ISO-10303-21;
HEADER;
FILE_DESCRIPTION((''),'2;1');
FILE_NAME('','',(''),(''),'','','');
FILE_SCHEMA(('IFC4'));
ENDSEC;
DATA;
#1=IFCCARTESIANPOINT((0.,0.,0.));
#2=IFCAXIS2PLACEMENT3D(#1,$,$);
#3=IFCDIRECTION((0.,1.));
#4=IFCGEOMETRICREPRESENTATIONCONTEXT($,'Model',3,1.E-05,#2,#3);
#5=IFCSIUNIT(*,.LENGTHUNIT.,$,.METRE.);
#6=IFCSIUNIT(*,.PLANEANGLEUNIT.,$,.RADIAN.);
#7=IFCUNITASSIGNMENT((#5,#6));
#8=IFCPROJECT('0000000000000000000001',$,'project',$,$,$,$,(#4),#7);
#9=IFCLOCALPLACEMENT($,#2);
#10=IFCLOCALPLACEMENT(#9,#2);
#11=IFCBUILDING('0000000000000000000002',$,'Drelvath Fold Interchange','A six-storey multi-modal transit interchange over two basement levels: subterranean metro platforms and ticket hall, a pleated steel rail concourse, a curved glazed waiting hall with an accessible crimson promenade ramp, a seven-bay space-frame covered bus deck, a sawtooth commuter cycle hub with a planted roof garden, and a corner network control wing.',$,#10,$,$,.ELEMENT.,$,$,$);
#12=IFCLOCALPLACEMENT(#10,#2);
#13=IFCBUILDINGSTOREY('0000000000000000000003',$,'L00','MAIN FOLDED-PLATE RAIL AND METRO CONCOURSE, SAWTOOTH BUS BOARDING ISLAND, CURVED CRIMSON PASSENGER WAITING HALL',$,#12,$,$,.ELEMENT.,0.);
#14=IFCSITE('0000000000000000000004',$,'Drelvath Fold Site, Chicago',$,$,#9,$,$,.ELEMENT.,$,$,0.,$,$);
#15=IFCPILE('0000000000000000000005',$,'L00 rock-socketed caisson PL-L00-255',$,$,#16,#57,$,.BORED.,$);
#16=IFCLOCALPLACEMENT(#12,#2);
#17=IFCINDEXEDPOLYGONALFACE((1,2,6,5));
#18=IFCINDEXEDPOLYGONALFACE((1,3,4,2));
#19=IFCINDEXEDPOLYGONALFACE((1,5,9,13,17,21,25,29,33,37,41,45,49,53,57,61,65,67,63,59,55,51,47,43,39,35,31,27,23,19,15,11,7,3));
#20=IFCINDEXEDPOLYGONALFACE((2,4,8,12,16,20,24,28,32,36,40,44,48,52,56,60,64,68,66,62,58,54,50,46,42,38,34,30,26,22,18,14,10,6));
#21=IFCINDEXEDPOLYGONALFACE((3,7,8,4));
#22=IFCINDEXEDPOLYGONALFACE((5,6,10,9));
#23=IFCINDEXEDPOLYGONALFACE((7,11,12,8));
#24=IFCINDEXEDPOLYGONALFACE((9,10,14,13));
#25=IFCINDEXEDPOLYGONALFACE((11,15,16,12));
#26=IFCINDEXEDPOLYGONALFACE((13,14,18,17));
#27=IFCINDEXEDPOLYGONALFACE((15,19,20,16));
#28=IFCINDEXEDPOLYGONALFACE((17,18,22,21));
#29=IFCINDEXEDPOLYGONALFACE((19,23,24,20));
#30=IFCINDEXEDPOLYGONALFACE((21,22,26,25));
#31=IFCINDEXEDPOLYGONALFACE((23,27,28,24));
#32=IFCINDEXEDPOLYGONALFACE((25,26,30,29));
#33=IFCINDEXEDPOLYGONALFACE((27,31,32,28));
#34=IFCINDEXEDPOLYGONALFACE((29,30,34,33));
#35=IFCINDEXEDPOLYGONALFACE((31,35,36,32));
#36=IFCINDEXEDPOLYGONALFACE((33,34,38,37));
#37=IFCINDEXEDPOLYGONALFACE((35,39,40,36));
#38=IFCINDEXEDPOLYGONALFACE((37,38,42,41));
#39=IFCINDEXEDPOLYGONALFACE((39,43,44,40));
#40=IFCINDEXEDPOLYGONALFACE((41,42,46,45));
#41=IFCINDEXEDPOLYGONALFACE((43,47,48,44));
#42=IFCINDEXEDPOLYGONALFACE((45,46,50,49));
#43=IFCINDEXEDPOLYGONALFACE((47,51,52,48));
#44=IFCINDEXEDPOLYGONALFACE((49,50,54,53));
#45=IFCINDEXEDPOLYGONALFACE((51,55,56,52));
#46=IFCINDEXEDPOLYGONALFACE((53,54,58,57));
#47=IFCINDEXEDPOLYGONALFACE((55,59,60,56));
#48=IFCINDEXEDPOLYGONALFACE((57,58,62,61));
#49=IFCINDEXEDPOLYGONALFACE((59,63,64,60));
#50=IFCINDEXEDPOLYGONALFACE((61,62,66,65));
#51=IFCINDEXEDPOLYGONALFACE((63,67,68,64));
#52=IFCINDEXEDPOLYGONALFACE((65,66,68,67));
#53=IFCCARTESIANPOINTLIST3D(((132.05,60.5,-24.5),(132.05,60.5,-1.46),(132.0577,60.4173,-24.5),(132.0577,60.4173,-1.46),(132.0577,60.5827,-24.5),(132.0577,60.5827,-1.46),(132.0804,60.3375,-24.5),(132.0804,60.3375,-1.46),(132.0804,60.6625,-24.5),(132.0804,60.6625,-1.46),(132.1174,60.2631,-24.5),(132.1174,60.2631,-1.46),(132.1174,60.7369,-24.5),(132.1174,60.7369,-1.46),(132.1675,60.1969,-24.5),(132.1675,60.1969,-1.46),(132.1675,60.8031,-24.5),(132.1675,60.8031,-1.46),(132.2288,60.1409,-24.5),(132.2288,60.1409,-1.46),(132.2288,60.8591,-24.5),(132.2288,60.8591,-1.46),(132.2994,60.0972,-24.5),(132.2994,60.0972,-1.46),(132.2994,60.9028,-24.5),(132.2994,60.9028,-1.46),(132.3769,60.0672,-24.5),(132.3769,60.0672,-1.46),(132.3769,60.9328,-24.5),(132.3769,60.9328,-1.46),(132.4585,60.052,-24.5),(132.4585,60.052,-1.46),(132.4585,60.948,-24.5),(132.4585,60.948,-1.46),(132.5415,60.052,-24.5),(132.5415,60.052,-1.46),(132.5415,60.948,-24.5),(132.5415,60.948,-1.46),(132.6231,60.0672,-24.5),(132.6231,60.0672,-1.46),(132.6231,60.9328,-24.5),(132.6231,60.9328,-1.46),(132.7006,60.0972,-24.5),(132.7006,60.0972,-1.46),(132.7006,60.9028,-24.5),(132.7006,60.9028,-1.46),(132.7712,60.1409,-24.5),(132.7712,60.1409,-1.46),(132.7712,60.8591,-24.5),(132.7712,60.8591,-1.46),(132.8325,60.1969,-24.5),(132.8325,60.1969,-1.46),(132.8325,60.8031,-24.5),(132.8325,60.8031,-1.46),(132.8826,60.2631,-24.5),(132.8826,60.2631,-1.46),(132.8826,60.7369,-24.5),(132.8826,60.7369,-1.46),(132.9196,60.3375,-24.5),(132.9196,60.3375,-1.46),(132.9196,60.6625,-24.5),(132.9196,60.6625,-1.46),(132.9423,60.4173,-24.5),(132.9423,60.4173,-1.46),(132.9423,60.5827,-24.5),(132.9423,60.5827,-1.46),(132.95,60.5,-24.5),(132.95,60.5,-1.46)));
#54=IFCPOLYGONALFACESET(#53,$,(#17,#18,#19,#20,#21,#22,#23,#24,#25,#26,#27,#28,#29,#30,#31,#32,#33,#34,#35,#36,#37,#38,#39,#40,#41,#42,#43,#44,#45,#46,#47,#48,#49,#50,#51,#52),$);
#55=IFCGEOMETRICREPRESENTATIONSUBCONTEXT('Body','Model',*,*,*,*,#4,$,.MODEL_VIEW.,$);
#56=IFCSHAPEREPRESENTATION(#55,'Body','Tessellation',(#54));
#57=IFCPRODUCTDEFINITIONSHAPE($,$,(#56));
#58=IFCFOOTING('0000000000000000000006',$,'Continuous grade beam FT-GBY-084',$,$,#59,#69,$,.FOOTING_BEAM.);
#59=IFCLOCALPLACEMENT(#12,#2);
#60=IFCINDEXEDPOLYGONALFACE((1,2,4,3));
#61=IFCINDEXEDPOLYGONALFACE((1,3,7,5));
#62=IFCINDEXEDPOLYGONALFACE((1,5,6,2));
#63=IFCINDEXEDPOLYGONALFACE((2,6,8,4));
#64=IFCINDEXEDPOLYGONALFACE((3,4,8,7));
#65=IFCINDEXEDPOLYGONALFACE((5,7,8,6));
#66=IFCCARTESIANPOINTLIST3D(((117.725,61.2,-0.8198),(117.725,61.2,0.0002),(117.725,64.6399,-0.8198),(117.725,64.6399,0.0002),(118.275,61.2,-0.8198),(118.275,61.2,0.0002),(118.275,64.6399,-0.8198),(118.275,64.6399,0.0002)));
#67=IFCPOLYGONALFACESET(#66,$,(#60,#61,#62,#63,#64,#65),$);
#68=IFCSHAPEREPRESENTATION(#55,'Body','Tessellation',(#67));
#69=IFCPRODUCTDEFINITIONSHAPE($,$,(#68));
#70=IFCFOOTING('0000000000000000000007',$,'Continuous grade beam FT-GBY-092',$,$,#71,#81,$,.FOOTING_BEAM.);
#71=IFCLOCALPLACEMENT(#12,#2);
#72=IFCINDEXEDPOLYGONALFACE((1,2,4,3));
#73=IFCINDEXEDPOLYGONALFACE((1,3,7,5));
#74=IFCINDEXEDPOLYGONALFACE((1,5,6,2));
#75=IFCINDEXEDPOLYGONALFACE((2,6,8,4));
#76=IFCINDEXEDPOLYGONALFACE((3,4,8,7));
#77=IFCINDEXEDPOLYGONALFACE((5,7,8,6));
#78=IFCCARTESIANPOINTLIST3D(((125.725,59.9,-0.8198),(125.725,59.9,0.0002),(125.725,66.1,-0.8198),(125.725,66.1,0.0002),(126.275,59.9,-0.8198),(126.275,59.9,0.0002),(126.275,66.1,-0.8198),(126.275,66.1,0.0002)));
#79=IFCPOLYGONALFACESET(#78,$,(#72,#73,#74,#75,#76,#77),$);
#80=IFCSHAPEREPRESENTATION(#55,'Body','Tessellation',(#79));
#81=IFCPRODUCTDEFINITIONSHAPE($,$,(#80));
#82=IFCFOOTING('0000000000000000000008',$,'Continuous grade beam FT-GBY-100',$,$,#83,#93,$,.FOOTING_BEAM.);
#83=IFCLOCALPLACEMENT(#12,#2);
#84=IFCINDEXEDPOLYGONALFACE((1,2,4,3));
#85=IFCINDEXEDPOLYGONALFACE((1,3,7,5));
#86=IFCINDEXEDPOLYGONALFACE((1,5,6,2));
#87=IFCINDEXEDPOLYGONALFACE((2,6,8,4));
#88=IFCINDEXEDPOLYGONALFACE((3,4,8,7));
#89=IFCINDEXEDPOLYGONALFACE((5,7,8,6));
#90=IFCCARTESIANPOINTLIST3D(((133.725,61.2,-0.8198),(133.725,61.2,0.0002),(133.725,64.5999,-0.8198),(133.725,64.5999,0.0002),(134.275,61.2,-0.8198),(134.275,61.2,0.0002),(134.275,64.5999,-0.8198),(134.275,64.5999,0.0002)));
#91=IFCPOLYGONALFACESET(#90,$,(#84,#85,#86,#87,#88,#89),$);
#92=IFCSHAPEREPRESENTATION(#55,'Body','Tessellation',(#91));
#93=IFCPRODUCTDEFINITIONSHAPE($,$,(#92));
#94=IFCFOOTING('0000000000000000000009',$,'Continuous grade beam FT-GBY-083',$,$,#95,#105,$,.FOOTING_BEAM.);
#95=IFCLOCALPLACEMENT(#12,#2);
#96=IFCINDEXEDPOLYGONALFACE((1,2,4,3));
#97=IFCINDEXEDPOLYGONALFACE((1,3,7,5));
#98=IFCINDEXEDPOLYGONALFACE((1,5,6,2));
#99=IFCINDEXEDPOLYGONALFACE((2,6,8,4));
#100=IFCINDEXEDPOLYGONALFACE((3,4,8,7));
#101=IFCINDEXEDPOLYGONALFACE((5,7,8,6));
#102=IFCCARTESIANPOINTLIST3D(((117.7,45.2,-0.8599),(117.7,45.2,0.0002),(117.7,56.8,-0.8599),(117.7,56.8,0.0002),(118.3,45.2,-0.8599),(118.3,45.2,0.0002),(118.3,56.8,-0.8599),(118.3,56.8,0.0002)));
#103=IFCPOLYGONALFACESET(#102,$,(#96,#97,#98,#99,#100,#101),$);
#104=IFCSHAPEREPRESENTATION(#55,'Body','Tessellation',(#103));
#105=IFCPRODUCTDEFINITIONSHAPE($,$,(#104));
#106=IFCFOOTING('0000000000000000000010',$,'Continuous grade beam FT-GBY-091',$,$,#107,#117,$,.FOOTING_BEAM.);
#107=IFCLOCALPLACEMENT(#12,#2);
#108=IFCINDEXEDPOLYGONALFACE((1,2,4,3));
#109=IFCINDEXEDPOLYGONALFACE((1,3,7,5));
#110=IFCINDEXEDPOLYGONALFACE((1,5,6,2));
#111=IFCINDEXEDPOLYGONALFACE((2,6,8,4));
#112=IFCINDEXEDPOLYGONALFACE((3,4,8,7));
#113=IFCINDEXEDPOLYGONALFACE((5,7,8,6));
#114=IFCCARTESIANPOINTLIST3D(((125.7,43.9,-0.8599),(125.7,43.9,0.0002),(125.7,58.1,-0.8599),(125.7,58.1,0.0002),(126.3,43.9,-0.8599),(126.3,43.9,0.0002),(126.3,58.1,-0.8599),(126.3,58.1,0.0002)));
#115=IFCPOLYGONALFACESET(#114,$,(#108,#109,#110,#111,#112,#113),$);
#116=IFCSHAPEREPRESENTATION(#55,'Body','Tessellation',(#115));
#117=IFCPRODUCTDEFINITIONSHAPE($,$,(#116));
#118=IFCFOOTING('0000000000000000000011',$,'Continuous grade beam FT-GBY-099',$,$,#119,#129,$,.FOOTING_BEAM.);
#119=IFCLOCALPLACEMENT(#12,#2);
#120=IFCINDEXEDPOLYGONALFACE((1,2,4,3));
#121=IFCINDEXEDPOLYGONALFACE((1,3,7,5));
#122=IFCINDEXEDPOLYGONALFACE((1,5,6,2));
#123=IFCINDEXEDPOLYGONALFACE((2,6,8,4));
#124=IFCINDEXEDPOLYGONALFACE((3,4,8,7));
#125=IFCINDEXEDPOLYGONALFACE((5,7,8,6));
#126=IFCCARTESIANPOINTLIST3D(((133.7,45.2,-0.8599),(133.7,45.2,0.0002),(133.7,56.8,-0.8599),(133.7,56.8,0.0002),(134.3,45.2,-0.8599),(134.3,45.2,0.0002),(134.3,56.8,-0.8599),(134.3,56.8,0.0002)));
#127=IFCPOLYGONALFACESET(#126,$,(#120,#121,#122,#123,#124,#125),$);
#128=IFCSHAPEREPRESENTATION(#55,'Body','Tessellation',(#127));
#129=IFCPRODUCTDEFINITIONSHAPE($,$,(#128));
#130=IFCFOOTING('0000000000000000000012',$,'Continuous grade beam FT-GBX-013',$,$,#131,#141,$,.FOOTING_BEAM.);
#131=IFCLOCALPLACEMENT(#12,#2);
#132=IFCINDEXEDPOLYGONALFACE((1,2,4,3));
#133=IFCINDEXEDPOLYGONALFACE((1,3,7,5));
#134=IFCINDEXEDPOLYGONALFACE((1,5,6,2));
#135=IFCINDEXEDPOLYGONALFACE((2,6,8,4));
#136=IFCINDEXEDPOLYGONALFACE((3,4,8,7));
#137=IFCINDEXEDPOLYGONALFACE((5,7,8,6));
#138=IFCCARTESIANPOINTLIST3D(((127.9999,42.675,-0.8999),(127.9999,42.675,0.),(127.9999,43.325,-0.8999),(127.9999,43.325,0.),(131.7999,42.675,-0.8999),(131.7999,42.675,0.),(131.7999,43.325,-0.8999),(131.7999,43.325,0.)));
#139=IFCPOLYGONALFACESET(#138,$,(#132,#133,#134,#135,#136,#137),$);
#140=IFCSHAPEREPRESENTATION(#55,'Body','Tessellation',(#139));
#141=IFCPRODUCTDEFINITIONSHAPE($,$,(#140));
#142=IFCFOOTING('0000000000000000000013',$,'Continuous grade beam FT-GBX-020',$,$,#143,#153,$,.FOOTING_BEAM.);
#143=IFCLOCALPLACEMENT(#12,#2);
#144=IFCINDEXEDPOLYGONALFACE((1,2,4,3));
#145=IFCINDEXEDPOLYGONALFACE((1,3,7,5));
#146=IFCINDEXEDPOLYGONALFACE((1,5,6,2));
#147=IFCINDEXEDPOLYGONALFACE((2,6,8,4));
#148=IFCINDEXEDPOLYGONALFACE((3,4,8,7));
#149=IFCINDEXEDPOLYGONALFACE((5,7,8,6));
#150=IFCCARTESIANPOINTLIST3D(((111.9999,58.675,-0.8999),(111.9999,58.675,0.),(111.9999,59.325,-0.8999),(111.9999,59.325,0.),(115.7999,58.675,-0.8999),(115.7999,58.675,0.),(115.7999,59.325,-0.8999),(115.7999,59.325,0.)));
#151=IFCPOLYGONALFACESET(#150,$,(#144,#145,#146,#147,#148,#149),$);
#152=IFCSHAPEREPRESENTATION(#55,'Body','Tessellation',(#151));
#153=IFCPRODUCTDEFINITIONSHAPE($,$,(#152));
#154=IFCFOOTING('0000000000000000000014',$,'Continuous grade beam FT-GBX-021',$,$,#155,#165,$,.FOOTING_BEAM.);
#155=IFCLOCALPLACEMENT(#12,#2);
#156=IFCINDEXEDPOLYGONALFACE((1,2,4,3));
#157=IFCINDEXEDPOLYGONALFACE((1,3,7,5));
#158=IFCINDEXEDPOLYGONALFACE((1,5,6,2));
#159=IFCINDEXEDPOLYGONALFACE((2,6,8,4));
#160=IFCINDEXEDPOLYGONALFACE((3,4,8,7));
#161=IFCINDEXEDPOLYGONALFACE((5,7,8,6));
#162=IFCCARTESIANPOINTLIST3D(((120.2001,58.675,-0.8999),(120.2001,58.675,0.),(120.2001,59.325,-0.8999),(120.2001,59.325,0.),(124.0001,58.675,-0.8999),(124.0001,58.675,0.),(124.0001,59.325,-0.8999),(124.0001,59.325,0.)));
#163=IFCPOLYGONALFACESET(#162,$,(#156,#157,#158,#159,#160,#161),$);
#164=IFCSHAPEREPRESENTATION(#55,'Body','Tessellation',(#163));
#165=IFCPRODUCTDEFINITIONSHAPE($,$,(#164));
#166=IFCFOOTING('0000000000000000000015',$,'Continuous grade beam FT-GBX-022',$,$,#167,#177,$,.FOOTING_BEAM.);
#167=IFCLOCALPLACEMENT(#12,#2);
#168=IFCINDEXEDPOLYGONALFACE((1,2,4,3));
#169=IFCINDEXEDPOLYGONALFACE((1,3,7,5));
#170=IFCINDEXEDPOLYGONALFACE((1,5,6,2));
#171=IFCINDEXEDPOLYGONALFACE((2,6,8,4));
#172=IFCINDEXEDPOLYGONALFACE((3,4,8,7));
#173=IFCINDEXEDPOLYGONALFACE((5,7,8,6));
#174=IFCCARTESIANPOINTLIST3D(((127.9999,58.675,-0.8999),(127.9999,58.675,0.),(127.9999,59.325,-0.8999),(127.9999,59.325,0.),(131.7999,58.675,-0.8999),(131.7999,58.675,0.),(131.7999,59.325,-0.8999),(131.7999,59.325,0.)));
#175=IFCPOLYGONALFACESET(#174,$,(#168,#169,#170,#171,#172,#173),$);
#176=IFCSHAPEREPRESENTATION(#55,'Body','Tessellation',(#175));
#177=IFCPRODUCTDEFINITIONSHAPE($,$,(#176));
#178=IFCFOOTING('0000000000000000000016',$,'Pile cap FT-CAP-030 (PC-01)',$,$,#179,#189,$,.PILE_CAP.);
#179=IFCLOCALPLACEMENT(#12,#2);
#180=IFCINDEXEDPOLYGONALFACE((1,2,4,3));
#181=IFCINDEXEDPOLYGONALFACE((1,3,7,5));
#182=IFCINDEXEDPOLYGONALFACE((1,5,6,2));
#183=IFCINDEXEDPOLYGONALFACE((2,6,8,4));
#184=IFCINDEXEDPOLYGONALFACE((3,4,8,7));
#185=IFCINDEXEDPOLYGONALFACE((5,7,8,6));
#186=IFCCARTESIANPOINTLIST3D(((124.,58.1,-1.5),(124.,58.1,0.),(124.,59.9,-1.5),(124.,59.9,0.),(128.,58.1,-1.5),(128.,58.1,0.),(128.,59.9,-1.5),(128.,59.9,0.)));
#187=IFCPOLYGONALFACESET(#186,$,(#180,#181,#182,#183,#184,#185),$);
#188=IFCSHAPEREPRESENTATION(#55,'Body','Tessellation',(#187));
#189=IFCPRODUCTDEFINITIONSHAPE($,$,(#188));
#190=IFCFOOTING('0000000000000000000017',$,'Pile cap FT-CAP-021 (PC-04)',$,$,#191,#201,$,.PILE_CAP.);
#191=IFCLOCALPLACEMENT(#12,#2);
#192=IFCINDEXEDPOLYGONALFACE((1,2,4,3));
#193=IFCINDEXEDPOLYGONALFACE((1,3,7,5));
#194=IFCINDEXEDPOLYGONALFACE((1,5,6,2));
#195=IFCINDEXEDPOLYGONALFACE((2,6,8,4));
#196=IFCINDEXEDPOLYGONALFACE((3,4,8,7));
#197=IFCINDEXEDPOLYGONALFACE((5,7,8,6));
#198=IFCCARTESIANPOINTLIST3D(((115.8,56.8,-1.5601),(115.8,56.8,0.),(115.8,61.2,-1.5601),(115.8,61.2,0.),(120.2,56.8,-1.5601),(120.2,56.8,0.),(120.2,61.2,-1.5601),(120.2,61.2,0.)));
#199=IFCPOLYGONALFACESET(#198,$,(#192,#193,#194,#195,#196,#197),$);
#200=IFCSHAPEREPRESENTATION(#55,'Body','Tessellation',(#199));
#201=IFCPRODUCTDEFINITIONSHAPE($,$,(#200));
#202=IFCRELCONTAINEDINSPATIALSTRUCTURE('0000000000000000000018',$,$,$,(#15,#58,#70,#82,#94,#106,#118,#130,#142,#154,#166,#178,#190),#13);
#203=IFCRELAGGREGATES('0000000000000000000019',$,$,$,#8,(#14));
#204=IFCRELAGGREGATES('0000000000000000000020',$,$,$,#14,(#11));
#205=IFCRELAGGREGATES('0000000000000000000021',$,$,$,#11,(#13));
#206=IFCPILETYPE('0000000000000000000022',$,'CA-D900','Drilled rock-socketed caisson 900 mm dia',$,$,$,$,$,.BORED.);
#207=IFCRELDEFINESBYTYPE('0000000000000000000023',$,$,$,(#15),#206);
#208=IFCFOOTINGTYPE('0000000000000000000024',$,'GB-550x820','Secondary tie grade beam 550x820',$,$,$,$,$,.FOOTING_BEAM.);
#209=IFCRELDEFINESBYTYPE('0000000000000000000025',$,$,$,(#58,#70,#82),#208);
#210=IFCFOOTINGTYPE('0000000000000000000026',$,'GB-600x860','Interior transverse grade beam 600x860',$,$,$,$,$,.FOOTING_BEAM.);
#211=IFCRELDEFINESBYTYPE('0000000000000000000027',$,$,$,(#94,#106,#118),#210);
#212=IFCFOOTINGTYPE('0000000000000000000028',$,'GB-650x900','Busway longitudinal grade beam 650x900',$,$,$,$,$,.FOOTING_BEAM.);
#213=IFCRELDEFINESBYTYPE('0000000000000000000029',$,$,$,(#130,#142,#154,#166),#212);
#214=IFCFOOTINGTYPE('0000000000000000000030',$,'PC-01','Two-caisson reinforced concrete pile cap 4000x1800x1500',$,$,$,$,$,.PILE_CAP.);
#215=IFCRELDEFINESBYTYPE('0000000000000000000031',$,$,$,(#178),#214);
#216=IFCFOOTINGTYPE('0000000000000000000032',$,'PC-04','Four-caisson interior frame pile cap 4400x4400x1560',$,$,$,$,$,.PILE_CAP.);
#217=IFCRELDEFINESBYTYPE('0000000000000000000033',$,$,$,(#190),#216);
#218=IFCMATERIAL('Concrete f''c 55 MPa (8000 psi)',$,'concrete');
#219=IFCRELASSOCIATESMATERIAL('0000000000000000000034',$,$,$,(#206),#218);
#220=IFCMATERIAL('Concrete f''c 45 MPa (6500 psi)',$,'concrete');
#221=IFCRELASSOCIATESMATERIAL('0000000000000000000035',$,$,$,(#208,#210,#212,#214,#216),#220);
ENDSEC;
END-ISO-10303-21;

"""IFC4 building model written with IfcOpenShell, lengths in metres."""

from ifc_helpers import new_model, si_unit, direction, frame, origin, origin_2d, place, context, subcontext, project, spatial, rectangle, circle, extrude, material, material_profile, profile_set, type_object, element, save


model = new_model("IFC4")

# Units and contexts
model_context = context("Model", 3, precision=1e-05, world=origin(), true_north=direction((0.0, 1.0)))
body_context = subcontext(model_context, "Body", "Model", "MODEL_VIEW")
ifc_project = project(units=[si_unit("LENGTHUNIT", "METRE"), si_unit("PLANEANGLEUNIT", "RADIAN")], contexts=[model_context])

# Site, building, storey
site_placement = place(None, origin())
site = spatial("IfcSite", under=ifc_project, at=site_placement, Name="Drelvath Fold Site, Chicago", CompositionType="ELEMENT", RefElevation=0.0)
building_placement = place(site_placement, origin())
building = spatial("IfcBuilding", under=site, at=building_placement, Name="Drelvath Fold Interchange", Description="A six-storey multi-modal transit interchange over two basement levels: subterranean metro platforms and ticket hall, a pleated steel rail concourse, a curved glazed waiting hall with an accessible crimson promenade ramp, a seven-bay space-frame covered bus deck, a sawtooth commuter cycle hub with a planted roof garden, and a corner network control wing.", CompositionType="ELEMENT")
storey_placement = place(building_placement, origin())
storey = spatial("IfcBuildingStorey", under=building, at=storey_placement, Name="L00", Description="MAIN FOLDED-PLATE RAIL AND METRO CONCOURSE, SAWTOOTH BUS BOARDING ISLAND, CURVED CRIMSON PASSENGER WAITING HALL", CompositionType="ELEMENT", Elevation=0.0)

# Pile
ifc_material_1 = material(Name="Concrete f'c 55 MPa (8000 psi)", Category="concrete")
ifc_material_profile_1 = material_profile(ifc_material_1, circle(Radius=0.45, at=origin_2d()), Name="CAISSON D900")
ifc_profile_set_1 = profile_set([ifc_material_profile_1], Name="Concrete f'c 55 MPa (8000 psi)")
pile_type_1 = type_object("IfcPileType", Name="CA-D900", Description="Drilled rock-socketed caisson 900 mm dia", PredefinedType="BORED", material=ifc_profile_set_1)
for number, where, z_axis, x_axis, name in (
    (1, (132.5, 60.5, -1.46), (0.0, 0.0, -1.0), (1.0, 0.0, 0.0), "L00 rock-socketed caisson PL-L00-255"),
):
    element("IfcPile", number, at=place(storey_placement, frame(where, z_axis=z_axis, x_axis=x_axis)), inside=storey, type_object=pile_type_1, Name=name, PredefinedType="BORED", context=body_context, shape_type="SweptSolid", body=[
        extrude(circle(Radius=0.45, at=origin_2d()), origin(), (0.0, 0.0, 1.0), 23.04),
    ])

# Footings
ifc_material_2 = material(Name="Concrete f'c 45 MPa (6500 psi)", Category="concrete")
footing_type_1 = type_object("IfcFootingType", Name="GB-550x820", Description="Secondary tie grade beam 550x820", PredefinedType="FOOTING_BEAM", material=ifc_material_2)
footing_1_placement = place(storey_placement, frame((118.0, 62.9199, -0.8198), z_axis=(0.0, 0.0, 1.0), x_axis=(1.0, 0.0, 0.0)))
element("IfcFooting", 2, at=footing_1_placement, inside=storey, type_object=footing_type_1, Name="Continuous grade beam FT-GBY-084", PredefinedType="FOOTING_BEAM", context=body_context, shape_type="SweptSolid", body=[
    extrude(rectangle(XDim=0.55, YDim=3.4399, at=origin_2d()), origin(), (0.0, 0.0, 1.0), 0.8201),
])
footing_2_placement = place(storey_placement, frame((126.0, 63.0, -0.8198), z_axis=(0.0, 0.0, 1.0), x_axis=(1.0, 0.0, 0.0)))
element("IfcFooting", 3, at=footing_2_placement, inside=storey, type_object=footing_type_1, Name="Continuous grade beam FT-GBY-092", PredefinedType="FOOTING_BEAM", context=body_context, shape_type="SweptSolid", body=[
    extrude(rectangle(XDim=0.55, YDim=6.2, at=origin_2d()), origin(), (0.0, 0.0, 1.0), 0.8201),
])
footing_3_placement = place(storey_placement, frame((134.0, 62.8999, -0.8198), z_axis=(0.0, 0.0, 1.0), x_axis=(1.0, 0.0, 0.0)))
element("IfcFooting", 4, at=footing_3_placement, inside=storey, type_object=footing_type_1, Name="Continuous grade beam FT-GBY-100", PredefinedType="FOOTING_BEAM", context=body_context, shape_type="SweptSolid", body=[
    extrude(rectangle(XDim=0.55, YDim=3.3999, at=origin_2d()), origin(), (0.0, 0.0, 1.0), 0.8201),
])
footing_type_2 = type_object("IfcFootingType", Name="GB-600x860", Description="Interior transverse grade beam 600x860", PredefinedType="FOOTING_BEAM", material=ifc_material_2)
footing_4_placement = place(storey_placement, frame((118.0, 51.0, -0.8599), z_axis=(0.0, 0.0, 1.0), x_axis=(1.0, 0.0, 0.0)))
element("IfcFooting", 5, at=footing_4_placement, inside=storey, type_object=footing_type_2, Name="Continuous grade beam FT-GBY-083", PredefinedType="FOOTING_BEAM", context=body_context, shape_type="SweptSolid", body=[
    extrude(rectangle(XDim=0.6001, YDim=11.6001, at=origin_2d()), origin(), (0.0, 0.0, 1.0), 0.8601),
])
footing_5_placement = place(storey_placement, frame((126.0, 51.0, -0.8599), z_axis=(0.0, 0.0, 1.0), x_axis=(1.0, 0.0, 0.0)))
element("IfcFooting", 6, at=footing_5_placement, inside=storey, type_object=footing_type_2, Name="Continuous grade beam FT-GBY-091", PredefinedType="FOOTING_BEAM", context=body_context, shape_type="SweptSolid", body=[
    extrude(rectangle(XDim=0.6001, YDim=14.2, at=origin_2d()), origin(), (0.0, 0.0, 1.0), 0.8601),
])
footing_6_placement = place(storey_placement, frame((134.0, 51.0, -0.8599), z_axis=(0.0, 0.0, 1.0), x_axis=(1.0, 0.0, 0.0)))
element("IfcFooting", 7, at=footing_6_placement, inside=storey, type_object=footing_type_2, Name="Continuous grade beam FT-GBY-099", PredefinedType="FOOTING_BEAM", context=body_context, shape_type="SweptSolid", body=[
    extrude(rectangle(XDim=0.6001, YDim=11.6001, at=origin_2d()), origin(), (0.0, 0.0, 1.0), 0.8601),
])
footing_type_3 = type_object("IfcFootingType", Name="GB-650x900", Description="Busway longitudinal grade beam 650x900", PredefinedType="FOOTING_BEAM", material=ifc_material_2)
for number, where, z_axis, x_axis, name in (
    (8, (129.8999, 43.0, -0.8999), (0.0, 0.0, 1.0), (1.0, 0.0, 0.0), "Continuous grade beam FT-GBX-013"),
    (9, (113.8999, 59.0, -0.8999), (0.0, 0.0, 1.0), (1.0, 0.0, 0.0), "Continuous grade beam FT-GBX-020"),
    (10, (122.1001, 59.0, -0.8999), (0.0, 0.0, 1.0), (1.0, 0.0, 0.0), "Continuous grade beam FT-GBX-021"),
    (11, (129.8999, 59.0, -0.8999), (0.0, 0.0, 1.0), (1.0, 0.0, 0.0), "Continuous grade beam FT-GBX-022"),
):
    element("IfcFooting", number, at=place(storey_placement, frame(where, z_axis=z_axis, x_axis=x_axis)), inside=storey, type_object=footing_type_3, Name=name, PredefinedType="FOOTING_BEAM", context=body_context, shape_type="SweptSolid", body=[
        extrude(rectangle(XDim=3.8, YDim=0.6499, at=origin_2d()), origin(), (0.0, 0.0, 1.0), 0.8999),
    ])
footing_type_4 = type_object("IfcFootingType", Name="PC-01", Description="Two-caisson reinforced concrete pile cap 4000x1800x1500", PredefinedType="PILE_CAP", material=ifc_material_2)
footing_7_placement = place(storey_placement, frame((126.0, 59.0, -1.5), z_axis=(0.0, 0.0, 1.0), x_axis=(1.0, 0.0, 0.0)))
element("IfcFooting", 12, at=footing_7_placement, inside=storey, type_object=footing_type_4, Name="Pile cap FT-CAP-030 (PC-01)", PredefinedType="PILE_CAP", context=body_context, shape_type="SweptSolid", body=[
    extrude(rectangle(XDim=4.0, YDim=1.8, at=origin_2d()), origin(), (0.0, 0.0, 1.0), 1.5),
])
footing_type_5 = type_object("IfcFootingType", Name="PC-04", Description="Four-caisson interior frame pile cap 4400x4400x1560", PredefinedType="PILE_CAP", material=ifc_material_2)
for number, where, z_axis, x_axis, name in (
    (13, (118.0, 59.0, -1.5601), (0.0, 0.0, 1.0), (1.0, 0.0, 0.0), "Pile cap FT-CAP-021 (PC-04)"),
):
    element("IfcFooting", number, at=place(storey_placement, frame(where, z_axis=z_axis, x_axis=x_axis)), inside=storey, type_object=footing_type_5, Name=name, PredefinedType="PILE_CAP", context=body_context, shape_type="SweptSolid", body=[
        extrude(rectangle(XDim=4.3999, YDim=4.3999, at=origin_2d()), origin(), (0.0, 0.0, 1.0), 1.5601),
    ])

save(model, "model.ifc")
